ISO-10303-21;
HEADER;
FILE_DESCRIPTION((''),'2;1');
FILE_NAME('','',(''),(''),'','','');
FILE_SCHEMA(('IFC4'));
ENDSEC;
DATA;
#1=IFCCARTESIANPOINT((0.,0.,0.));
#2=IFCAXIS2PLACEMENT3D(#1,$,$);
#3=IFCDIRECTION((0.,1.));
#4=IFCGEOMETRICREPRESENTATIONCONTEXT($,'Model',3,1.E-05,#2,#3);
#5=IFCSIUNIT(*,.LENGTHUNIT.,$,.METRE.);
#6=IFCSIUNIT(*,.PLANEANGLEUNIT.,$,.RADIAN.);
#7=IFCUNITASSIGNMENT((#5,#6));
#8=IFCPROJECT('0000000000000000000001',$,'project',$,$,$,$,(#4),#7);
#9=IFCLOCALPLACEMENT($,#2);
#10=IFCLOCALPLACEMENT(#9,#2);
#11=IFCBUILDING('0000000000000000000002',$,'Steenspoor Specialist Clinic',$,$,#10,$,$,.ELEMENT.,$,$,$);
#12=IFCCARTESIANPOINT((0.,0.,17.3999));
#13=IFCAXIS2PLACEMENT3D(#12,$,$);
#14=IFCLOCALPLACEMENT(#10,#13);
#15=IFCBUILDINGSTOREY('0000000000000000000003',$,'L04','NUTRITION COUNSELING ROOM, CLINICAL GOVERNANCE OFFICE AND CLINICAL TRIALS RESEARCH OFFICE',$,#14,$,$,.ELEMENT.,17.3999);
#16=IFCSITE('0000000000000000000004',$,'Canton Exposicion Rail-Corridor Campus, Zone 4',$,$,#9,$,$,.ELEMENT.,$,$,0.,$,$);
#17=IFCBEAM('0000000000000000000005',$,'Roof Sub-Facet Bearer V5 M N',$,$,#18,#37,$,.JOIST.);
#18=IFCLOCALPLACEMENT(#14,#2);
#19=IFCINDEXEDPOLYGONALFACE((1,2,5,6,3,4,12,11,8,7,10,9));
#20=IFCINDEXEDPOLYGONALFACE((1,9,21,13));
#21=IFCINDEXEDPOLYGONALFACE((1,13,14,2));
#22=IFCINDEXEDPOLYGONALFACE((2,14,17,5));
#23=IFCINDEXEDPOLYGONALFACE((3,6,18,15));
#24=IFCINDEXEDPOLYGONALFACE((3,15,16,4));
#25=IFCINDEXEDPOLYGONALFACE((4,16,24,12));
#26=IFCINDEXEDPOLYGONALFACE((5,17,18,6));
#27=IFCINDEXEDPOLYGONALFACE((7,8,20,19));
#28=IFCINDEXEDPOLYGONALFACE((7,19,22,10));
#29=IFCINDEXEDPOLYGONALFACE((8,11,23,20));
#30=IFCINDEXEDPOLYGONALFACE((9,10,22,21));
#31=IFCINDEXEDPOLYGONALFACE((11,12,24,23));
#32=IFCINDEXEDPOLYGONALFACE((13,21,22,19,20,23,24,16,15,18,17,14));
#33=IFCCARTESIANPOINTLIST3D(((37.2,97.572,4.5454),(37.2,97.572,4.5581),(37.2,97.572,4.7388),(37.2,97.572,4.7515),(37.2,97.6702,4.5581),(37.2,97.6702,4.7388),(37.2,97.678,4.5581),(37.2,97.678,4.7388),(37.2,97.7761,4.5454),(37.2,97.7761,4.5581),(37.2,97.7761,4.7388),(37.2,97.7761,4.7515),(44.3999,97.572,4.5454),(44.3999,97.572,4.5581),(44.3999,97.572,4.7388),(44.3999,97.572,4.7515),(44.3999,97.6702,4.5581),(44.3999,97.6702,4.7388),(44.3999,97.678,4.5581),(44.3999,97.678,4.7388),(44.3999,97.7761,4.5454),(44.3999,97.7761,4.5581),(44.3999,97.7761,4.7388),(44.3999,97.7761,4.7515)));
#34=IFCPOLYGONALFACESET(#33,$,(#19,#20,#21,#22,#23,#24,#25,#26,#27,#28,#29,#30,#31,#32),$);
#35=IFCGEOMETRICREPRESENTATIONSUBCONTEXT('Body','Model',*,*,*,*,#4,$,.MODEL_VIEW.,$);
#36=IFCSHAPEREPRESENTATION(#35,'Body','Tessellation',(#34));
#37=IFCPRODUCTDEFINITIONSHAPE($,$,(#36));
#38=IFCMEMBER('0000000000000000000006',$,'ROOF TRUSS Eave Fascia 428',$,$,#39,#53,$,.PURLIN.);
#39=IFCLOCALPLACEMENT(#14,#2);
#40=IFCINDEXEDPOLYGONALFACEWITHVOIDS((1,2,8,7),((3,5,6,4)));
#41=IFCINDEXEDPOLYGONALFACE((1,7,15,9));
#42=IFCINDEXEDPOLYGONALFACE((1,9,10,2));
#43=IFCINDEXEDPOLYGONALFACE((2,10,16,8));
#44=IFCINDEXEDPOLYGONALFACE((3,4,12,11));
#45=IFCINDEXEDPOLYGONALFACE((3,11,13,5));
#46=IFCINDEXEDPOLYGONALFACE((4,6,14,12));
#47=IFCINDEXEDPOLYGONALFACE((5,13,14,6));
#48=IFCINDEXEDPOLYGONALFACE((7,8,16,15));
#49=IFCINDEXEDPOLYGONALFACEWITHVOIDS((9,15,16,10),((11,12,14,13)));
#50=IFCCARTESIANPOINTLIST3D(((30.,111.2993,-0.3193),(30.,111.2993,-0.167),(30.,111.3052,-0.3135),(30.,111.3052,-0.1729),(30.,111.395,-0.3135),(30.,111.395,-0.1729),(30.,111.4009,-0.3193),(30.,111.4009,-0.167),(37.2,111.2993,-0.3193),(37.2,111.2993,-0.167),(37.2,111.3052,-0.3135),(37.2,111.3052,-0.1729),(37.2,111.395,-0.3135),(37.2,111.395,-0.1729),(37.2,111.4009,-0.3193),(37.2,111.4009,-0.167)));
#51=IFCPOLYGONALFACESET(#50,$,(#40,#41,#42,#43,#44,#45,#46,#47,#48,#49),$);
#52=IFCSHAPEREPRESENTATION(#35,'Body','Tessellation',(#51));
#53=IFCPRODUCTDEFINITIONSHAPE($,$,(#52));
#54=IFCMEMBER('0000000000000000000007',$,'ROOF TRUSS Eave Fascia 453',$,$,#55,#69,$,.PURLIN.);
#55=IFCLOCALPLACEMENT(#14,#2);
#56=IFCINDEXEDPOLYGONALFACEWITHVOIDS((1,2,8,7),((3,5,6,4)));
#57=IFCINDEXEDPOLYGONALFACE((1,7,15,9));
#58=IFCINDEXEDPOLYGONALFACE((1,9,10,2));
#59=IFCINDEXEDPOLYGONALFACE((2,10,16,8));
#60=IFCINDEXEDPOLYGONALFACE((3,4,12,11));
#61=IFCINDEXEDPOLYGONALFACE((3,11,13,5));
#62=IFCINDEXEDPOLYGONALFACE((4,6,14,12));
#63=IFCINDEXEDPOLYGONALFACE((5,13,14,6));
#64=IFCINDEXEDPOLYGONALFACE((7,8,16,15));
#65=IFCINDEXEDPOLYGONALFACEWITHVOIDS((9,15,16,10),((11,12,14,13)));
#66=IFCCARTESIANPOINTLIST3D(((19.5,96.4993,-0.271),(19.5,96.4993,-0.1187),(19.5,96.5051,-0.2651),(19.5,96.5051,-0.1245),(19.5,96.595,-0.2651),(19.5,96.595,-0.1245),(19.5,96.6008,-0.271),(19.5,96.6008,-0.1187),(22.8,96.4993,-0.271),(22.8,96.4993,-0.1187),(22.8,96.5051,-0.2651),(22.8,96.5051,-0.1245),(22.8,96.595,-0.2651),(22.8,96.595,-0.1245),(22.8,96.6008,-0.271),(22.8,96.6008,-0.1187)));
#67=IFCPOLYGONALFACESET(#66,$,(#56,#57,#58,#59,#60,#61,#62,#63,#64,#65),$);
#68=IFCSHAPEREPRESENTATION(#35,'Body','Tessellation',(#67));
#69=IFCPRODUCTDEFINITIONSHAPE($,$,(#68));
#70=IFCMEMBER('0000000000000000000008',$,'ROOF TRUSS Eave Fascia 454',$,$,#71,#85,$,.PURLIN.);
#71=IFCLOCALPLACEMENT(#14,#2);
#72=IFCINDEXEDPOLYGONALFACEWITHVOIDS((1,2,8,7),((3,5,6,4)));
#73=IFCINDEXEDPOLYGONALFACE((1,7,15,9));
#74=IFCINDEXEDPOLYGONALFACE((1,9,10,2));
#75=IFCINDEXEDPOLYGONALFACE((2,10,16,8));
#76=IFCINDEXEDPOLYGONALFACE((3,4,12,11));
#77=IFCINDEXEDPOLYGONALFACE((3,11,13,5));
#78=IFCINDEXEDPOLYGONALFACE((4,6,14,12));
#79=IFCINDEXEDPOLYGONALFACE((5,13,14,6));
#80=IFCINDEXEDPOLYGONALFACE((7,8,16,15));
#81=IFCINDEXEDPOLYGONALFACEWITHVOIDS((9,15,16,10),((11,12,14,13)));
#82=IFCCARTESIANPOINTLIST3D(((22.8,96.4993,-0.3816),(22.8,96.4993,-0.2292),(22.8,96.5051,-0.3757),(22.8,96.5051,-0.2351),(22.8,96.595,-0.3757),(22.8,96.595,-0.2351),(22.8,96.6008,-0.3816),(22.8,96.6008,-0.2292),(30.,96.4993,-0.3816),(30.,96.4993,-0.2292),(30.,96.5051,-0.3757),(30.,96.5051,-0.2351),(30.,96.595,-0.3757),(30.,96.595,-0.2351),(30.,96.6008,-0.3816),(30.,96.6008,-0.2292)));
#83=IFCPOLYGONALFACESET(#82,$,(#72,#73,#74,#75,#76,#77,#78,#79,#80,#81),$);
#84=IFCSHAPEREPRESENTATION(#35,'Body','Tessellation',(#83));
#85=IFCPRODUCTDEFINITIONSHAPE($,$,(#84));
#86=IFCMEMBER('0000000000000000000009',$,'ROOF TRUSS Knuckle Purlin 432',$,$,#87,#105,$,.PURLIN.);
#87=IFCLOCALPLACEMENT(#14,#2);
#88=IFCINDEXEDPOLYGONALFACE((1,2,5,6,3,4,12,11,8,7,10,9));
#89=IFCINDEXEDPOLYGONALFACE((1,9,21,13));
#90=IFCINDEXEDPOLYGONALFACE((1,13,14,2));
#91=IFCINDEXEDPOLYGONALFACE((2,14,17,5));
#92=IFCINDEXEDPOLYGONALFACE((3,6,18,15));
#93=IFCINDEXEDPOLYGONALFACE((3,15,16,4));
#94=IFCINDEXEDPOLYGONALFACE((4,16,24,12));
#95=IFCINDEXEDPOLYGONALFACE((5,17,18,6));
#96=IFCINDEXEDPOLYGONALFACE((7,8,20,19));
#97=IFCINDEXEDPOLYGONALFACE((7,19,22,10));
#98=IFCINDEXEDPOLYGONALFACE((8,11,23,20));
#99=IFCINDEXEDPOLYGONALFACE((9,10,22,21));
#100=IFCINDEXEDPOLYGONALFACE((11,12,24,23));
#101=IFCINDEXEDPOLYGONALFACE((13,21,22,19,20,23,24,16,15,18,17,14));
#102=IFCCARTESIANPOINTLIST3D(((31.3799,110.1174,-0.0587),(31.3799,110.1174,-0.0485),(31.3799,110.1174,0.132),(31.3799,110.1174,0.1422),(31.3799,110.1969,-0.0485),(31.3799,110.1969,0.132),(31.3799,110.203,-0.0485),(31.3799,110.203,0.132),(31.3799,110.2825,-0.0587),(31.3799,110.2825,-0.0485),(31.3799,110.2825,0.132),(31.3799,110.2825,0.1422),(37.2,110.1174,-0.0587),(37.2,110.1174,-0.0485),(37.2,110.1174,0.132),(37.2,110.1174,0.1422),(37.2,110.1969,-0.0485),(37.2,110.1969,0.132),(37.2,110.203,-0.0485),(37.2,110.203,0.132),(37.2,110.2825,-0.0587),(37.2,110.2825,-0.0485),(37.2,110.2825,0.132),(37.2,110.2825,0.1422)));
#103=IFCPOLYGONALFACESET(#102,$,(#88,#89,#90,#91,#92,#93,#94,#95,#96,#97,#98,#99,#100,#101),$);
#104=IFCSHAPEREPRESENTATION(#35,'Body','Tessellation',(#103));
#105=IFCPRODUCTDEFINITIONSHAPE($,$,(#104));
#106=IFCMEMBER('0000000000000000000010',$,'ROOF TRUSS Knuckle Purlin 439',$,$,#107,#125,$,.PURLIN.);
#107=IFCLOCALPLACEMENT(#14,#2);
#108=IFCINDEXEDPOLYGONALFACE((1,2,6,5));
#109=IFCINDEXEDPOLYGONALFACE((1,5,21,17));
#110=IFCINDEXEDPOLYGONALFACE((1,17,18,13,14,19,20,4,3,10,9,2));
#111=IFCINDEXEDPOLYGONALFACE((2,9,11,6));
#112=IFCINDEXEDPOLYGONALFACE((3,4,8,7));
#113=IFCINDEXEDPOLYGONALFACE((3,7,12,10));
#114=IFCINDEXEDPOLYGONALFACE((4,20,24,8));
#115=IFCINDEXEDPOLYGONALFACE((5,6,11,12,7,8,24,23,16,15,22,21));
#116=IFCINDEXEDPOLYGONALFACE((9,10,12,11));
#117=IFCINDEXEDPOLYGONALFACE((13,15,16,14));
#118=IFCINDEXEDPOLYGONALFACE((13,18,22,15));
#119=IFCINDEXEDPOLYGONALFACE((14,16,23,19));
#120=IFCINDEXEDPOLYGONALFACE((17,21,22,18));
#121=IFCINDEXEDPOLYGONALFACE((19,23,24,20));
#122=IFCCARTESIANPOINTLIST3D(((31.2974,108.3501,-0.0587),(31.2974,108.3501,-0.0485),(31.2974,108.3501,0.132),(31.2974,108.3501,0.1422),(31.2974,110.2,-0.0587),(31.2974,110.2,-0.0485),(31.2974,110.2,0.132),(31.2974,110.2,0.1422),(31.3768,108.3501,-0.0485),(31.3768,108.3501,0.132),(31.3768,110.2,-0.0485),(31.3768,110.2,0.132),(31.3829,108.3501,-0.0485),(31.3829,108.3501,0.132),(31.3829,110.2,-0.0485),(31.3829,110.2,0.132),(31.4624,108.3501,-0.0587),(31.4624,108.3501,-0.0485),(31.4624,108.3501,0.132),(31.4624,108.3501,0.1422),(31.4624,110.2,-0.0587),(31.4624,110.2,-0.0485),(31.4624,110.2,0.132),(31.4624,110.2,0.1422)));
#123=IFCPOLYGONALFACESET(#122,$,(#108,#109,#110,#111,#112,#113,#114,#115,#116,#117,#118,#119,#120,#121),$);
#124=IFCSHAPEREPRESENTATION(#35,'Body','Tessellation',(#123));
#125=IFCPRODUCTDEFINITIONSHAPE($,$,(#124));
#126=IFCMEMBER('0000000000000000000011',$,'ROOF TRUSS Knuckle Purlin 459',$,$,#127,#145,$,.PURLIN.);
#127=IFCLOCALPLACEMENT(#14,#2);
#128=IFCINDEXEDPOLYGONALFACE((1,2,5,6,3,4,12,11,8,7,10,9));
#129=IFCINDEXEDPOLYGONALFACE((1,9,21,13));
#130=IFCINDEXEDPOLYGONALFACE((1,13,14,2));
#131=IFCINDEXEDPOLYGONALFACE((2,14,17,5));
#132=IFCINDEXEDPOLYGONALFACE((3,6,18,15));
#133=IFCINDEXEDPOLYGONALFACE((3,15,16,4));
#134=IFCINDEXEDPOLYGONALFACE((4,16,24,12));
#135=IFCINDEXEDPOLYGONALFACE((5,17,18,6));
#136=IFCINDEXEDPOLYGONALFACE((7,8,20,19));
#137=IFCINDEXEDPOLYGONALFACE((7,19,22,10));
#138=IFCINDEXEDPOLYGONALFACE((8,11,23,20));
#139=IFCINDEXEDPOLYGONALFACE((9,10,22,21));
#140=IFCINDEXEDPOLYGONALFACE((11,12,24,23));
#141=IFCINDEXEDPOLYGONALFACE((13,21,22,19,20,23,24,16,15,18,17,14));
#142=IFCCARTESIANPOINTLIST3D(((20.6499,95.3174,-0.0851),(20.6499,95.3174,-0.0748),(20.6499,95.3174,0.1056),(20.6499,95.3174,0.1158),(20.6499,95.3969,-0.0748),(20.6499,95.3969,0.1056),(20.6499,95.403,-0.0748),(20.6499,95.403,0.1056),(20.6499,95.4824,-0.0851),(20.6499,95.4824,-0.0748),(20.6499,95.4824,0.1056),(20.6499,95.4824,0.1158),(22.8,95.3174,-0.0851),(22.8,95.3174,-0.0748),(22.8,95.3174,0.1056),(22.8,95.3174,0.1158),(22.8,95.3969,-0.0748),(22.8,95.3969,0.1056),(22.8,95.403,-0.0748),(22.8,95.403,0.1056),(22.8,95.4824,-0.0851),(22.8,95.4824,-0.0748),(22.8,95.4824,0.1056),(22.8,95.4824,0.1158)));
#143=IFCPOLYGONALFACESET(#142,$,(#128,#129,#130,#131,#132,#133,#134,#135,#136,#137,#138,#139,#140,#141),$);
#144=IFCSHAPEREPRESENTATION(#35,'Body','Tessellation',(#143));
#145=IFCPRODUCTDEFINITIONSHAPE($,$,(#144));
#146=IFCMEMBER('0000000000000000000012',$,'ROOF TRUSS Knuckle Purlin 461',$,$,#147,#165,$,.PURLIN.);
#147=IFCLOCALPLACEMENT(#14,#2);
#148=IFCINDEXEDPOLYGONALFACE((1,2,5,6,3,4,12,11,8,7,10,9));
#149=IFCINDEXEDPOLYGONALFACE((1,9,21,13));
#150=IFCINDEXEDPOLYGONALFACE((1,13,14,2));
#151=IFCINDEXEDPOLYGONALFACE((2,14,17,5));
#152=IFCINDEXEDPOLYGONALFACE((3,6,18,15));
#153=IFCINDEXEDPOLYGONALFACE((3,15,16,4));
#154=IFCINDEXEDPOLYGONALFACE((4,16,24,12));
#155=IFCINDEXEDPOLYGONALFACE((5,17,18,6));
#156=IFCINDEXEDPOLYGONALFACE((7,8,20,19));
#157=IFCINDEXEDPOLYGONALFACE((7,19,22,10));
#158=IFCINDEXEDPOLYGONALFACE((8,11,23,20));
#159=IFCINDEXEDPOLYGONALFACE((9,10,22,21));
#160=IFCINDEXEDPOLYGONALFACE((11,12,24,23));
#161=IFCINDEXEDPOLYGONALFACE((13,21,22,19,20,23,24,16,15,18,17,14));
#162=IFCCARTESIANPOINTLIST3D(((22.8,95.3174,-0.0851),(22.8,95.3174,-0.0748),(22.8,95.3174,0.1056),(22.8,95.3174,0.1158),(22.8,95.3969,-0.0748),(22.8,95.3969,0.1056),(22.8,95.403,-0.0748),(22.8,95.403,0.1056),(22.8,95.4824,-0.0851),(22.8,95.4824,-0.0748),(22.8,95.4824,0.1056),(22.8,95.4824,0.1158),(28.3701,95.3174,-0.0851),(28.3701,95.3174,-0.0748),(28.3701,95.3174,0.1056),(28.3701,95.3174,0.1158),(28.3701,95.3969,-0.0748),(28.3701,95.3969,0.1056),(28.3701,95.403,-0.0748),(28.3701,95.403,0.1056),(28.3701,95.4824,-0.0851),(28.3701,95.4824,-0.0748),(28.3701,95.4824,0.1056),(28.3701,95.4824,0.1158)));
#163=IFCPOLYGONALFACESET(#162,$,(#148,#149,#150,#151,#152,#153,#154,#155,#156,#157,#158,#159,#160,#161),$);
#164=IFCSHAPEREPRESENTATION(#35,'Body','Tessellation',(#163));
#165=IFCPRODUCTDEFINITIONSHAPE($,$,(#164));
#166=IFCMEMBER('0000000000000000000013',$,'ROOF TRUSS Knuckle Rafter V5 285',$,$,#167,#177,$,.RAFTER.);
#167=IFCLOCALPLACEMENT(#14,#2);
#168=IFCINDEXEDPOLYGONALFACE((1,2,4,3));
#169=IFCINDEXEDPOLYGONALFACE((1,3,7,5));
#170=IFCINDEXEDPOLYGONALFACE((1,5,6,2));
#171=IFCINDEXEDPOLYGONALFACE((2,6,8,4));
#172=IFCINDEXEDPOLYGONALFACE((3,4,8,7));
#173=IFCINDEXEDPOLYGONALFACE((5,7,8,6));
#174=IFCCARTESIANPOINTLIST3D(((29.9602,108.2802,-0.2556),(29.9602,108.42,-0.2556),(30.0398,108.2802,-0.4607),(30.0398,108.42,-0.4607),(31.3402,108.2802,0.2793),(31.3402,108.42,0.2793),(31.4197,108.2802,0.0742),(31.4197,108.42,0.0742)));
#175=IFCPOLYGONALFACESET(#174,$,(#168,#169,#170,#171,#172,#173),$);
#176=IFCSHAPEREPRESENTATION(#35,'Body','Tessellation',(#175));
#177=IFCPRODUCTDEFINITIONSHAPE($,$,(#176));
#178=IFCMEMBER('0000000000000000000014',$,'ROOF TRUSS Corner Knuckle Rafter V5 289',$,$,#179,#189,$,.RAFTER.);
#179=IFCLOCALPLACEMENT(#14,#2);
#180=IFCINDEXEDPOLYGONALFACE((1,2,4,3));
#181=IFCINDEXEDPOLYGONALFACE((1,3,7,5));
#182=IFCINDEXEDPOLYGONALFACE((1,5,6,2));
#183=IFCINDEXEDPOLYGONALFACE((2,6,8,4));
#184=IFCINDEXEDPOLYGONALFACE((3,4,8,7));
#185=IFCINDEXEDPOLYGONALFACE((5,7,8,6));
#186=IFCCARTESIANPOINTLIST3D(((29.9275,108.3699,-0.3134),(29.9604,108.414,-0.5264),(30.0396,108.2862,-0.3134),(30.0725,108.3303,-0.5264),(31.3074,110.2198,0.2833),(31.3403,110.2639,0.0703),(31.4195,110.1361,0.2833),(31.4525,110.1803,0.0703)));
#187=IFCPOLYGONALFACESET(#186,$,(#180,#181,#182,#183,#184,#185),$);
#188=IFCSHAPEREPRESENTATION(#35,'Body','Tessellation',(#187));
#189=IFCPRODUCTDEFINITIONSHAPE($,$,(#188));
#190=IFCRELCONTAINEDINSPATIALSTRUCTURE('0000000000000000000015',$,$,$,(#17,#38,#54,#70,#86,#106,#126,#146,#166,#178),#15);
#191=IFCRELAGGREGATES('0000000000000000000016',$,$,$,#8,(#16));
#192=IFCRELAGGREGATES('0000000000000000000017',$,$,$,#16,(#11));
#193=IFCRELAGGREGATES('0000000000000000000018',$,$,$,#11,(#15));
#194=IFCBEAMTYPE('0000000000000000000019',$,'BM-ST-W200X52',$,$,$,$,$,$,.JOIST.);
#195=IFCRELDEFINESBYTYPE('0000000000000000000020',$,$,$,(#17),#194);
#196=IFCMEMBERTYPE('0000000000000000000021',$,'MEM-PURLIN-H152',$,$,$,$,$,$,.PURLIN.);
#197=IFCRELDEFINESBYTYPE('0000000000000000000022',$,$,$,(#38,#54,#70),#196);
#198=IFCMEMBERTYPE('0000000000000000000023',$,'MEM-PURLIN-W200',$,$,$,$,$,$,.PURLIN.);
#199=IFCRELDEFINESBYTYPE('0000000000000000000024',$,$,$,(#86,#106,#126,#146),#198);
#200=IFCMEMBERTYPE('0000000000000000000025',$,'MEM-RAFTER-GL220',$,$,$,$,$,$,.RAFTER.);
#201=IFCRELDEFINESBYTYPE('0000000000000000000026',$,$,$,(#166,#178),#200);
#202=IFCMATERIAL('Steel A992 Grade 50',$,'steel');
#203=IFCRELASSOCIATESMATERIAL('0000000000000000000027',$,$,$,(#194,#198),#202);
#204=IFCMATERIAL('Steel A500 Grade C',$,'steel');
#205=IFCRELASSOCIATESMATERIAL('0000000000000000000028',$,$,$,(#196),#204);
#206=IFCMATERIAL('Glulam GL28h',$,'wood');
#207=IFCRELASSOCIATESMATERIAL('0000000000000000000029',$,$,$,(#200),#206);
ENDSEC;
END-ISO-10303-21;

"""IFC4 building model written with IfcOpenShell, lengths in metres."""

from ifc_helpers import new_model, si_unit, direction, frame, origin, origin_2d, place, context, subcontext, project, spatial, rectangle, hollow_rectangle, i_section, extrude, material, material_profile, profile_set, type_object, element, save


model = new_model("IFC4")

# Units and contexts
model_context = context("Model", 3, precision=1e-05, world=origin(), true_north=direction((0.0, 1.0)))
body_context = subcontext(model_context, "Body", "Model", "MODEL_VIEW")
ifc_project = project(units=[si_unit("LENGTHUNIT", "METRE"), si_unit("PLANEANGLEUNIT", "RADIAN")], contexts=[model_context])

# Site, building, storey
site_placement = place(None, origin())
site = spatial("IfcSite", under=ifc_project, at=site_placement, Name="Canton Exposicion Rail-Corridor Campus, Zone 4", CompositionType="ELEMENT", RefElevation=0.0)
building_placement = place(site_placement, origin())
building = spatial("IfcBuilding", under=site, at=building_placement, Name="Steenspoor Specialist Clinic", CompositionType="ELEMENT")
storey_placement = place(building_placement, frame((0.0, 0.0, 17.3999)))
storey = spatial("IfcBuildingStorey", under=building, at=storey_placement, Name="L04", Description="NUTRITION COUNSELING ROOM, CLINICAL GOVERNANCE OFFICE AND CLINICAL TRIALS RESEARCH OFFICE", CompositionType="ELEMENT", Elevation=17.3999)

# Beam
ifc_material_1 = material(Name="Steel A992 Grade 50", Category="steel")
ifc_material_profile_1 = material_profile(ifc_material_1, i_section(OverallWidth=0.2041, OverallDepth=0.2061, WebThickness=0.0078, FlangeThickness=0.0127, at=origin_2d()), Name="W200X52")
ifc_profile_set_1 = profile_set([ifc_material_profile_1], Name="Steel A992 Grade 50")
beam_type = type_object("IfcBeamType", Name="BM-ST-W200X52", PredefinedType="JOIST", material=ifc_profile_set_1)
beam_placement = place(storey_placement, frame((37.2, 97.6741, 4.6484), z_axis=(1.0, 0.0, 0.0), x_axis=(0.0, 1.0, 0.0)))
element("IfcBeam", 1, at=beam_placement, inside=storey, type_object=beam_type, Name="Roof Sub-Facet Bearer V5 M N", PredefinedType="JOIST", context=body_context, shape_type="SweptSolid", body=[
    extrude(i_section(OverallWidth=0.2041, OverallDepth=0.2061, WebThickness=0.0078, FlangeThickness=0.0127, at=origin_2d()), origin(), (0.0, 0.0, 1.0), 7.2),
])

# Members
ifc_material_2 = material(Name="Steel A500 Grade C", Category="steel")
ifc_material_profile_2 = material_profile(ifc_material_2, hollow_rectangle(XDim=0.1016, YDim=0.1523, WallThickness=0.0059, at=origin_2d()), Name="HSS152X102X6.4")
ifc_profile_set_2 = profile_set([ifc_material_profile_2], Name="Steel A500 Grade C")
member_type_1 = type_object("IfcMemberType", Name="MEM-PURLIN-H152", PredefinedType="PURLIN", material=ifc_profile_set_2)
member_1_placement = place(storey_placement, frame((30.0, 111.3501, -0.2432), z_axis=(1.0, 0.0, 0.0), x_axis=(0.0, 1.0, 0.0)))
element("IfcMember", 2, at=member_1_placement, inside=storey, type_object=member_type_1, Name="ROOF TRUSS Eave Fascia 428", PredefinedType="PURLIN", context=body_context, shape_type="SweptSolid", body=[
    extrude(hollow_rectangle(XDim=0.1016, YDim=0.1523, WallThickness=0.0059, at=origin_2d()), origin(), (0.0, 0.0, 1.0), 7.2),
])
member_2_placement = place(storey_placement, frame((19.5, 96.55, -0.1948), z_axis=(1.0, 0.0, 0.0), x_axis=(0.0, 1.0, 0.0)))
element("IfcMember", 3, at=member_2_placement, inside=storey, type_object=member_type_1, Name="ROOF TRUSS Eave Fascia 453", PredefinedType="PURLIN", context=body_context, shape_type="SweptSolid", body=[
    extrude(hollow_rectangle(XDim=0.1016, YDim=0.1523, WallThickness=0.0059, at=origin_2d()), origin(), (0.0, 0.0, 1.0), 3.3),
])
member_3_placement = place(storey_placement, frame((22.8, 96.55, -0.3054), z_axis=(1.0, 0.0, 0.0), x_axis=(0.0, 1.0, 0.0)))
element("IfcMember", 4, at=member_3_placement, inside=storey, type_object=member_type_1, Name="ROOF TRUSS Eave Fascia 454", PredefinedType="PURLIN", context=body_context, shape_type="SweptSolid", body=[
    extrude(hollow_rectangle(XDim=0.1016, YDim=0.1523, WallThickness=0.0059, at=origin_2d()), origin(), (0.0, 0.0, 1.0), 7.2),
])
ifc_material_profile_3 = material_profile(ifc_material_1, i_section(OverallWidth=0.165, OverallDepth=0.2009, WebThickness=0.0061, FlangeThickness=0.0103, at=origin_2d()), Name="W200X36")
ifc_profile_set_3 = profile_set([ifc_material_profile_3], Name="Steel A992 Grade 50")
member_type_2 = type_object("IfcMemberType", Name="MEM-PURLIN-W200", PredefinedType="PURLIN", material=ifc_profile_set_3)
member_4_placement = place(storey_placement, frame((31.3799, 110.2, 0.0417), z_axis=(1.0, 0.0, 0.0), x_axis=(0.0, 1.0, 0.0)))
element("IfcMember", 5, at=member_4_placement, inside=storey, type_object=member_type_2, Name="ROOF TRUSS Knuckle Purlin 432", PredefinedType="PURLIN", context=body_context, shape_type="SweptSolid", body=[
    extrude(i_section(OverallWidth=0.165, OverallDepth=0.2009, WebThickness=0.0061, FlangeThickness=0.0103, at=origin_2d()), origin(), (0.0, 0.0, 1.0), 5.8201),
])
member_5_placement = place(storey_placement, frame((31.3799, 108.3501, 0.0417), z_axis=(0.0, 1.0, 0.0), x_axis=(-1.0, 0.0, 0.0)))
element("IfcMember", 6, at=member_5_placement, inside=storey, type_object=member_type_2, Name="ROOF TRUSS Knuckle Purlin 439", PredefinedType="PURLIN", context=body_context, shape_type="SweptSolid", body=[
    extrude(i_section(OverallWidth=0.165, OverallDepth=0.2009, WebThickness=0.0061, FlangeThickness=0.0103, at=origin_2d()), origin(), (0.0, 0.0, 1.0), 1.8499),
])
member_6_placement = place(storey_placement, frame((20.6499, 95.3999, 0.0154), z_axis=(1.0, 0.0, 0.0), x_axis=(0.0, 1.0, 0.0)))
element("IfcMember", 7, at=member_6_placement, inside=storey, type_object=member_type_2, Name="ROOF TRUSS Knuckle Purlin 459", PredefinedType="PURLIN", context=body_context, shape_type="SweptSolid", body=[
    extrude(i_section(OverallWidth=0.165, OverallDepth=0.2009, WebThickness=0.0061, FlangeThickness=0.0103, at=origin_2d()), origin(), (0.0, 0.0, 1.0), 2.1501),
])
member_7_placement = place(storey_placement, frame((22.8, 95.3999, 0.0154), z_axis=(1.0, 0.0, 0.0), x_axis=(0.0, 1.0, 0.0)))
element("IfcMember", 8, at=member_7_placement, inside=storey, type_object=member_type_2, Name="ROOF TRUSS Knuckle Purlin 461", PredefinedType="PURLIN", context=body_context, shape_type="SweptSolid", body=[
    extrude(i_section(OverallWidth=0.165, OverallDepth=0.2009, WebThickness=0.0061, FlangeThickness=0.0103, at=origin_2d()), origin(), (0.0, 0.0, 1.0), 5.5701),
])
ifc_material_3 = material(Name="Glulam GL28h", Category="wood")
ifc_material_profile_4 = material_profile(ifc_material_3, rectangle(XDim=0.1399, YDim=0.22, at=origin_2d()), Name="GL28H-140X220")
ifc_profile_set_4 = profile_set([ifc_material_profile_4], Name="Glulam GL28h")
member_type_3 = type_object("IfcMemberType", Name="MEM-RAFTER-GL220", PredefinedType="RAFTER", material=ifc_profile_set_4)
member_8_placement = place(storey_placement, frame((30.0, 108.3501, -0.3582), z_axis=(0.932394, 0.0, 0.361443), x_axis=(0.0, 1.0, 0.0)))
element("IfcMember", 9, at=member_8_placement, inside=storey, type_object=member_type_3, Name="ROOF TRUSS Knuckle Rafter V5 285", PredefinedType="RAFTER", context=body_context, shape_type="SweptSolid", body=[
    extrude(rectangle(XDim=0.1399, YDim=0.22, at=origin_2d()), origin(), (0.0, 0.0, 1.0), 1.48),
])
member_9_placement = place(storey_placement, frame((30.0, 108.3501, -0.4199), z_axis=(0.578881, 0.77604, 0.250316), x_axis=(-0.801559, 0.597916, 0.0)))
element("IfcMember", 10, at=member_9_placement, inside=storey, type_object=member_type_3, Name="ROOF TRUSS Corner Knuckle Rafter V5 289", PredefinedType="RAFTER", context=body_context, shape_type="SweptSolid", body=[
    extrude(rectangle(XDim=0.1399, YDim=0.22, at=origin_2d()), origin(), (0.0, 0.0, 1.0), 2.3838),
])

save(model, "model.ifc")
